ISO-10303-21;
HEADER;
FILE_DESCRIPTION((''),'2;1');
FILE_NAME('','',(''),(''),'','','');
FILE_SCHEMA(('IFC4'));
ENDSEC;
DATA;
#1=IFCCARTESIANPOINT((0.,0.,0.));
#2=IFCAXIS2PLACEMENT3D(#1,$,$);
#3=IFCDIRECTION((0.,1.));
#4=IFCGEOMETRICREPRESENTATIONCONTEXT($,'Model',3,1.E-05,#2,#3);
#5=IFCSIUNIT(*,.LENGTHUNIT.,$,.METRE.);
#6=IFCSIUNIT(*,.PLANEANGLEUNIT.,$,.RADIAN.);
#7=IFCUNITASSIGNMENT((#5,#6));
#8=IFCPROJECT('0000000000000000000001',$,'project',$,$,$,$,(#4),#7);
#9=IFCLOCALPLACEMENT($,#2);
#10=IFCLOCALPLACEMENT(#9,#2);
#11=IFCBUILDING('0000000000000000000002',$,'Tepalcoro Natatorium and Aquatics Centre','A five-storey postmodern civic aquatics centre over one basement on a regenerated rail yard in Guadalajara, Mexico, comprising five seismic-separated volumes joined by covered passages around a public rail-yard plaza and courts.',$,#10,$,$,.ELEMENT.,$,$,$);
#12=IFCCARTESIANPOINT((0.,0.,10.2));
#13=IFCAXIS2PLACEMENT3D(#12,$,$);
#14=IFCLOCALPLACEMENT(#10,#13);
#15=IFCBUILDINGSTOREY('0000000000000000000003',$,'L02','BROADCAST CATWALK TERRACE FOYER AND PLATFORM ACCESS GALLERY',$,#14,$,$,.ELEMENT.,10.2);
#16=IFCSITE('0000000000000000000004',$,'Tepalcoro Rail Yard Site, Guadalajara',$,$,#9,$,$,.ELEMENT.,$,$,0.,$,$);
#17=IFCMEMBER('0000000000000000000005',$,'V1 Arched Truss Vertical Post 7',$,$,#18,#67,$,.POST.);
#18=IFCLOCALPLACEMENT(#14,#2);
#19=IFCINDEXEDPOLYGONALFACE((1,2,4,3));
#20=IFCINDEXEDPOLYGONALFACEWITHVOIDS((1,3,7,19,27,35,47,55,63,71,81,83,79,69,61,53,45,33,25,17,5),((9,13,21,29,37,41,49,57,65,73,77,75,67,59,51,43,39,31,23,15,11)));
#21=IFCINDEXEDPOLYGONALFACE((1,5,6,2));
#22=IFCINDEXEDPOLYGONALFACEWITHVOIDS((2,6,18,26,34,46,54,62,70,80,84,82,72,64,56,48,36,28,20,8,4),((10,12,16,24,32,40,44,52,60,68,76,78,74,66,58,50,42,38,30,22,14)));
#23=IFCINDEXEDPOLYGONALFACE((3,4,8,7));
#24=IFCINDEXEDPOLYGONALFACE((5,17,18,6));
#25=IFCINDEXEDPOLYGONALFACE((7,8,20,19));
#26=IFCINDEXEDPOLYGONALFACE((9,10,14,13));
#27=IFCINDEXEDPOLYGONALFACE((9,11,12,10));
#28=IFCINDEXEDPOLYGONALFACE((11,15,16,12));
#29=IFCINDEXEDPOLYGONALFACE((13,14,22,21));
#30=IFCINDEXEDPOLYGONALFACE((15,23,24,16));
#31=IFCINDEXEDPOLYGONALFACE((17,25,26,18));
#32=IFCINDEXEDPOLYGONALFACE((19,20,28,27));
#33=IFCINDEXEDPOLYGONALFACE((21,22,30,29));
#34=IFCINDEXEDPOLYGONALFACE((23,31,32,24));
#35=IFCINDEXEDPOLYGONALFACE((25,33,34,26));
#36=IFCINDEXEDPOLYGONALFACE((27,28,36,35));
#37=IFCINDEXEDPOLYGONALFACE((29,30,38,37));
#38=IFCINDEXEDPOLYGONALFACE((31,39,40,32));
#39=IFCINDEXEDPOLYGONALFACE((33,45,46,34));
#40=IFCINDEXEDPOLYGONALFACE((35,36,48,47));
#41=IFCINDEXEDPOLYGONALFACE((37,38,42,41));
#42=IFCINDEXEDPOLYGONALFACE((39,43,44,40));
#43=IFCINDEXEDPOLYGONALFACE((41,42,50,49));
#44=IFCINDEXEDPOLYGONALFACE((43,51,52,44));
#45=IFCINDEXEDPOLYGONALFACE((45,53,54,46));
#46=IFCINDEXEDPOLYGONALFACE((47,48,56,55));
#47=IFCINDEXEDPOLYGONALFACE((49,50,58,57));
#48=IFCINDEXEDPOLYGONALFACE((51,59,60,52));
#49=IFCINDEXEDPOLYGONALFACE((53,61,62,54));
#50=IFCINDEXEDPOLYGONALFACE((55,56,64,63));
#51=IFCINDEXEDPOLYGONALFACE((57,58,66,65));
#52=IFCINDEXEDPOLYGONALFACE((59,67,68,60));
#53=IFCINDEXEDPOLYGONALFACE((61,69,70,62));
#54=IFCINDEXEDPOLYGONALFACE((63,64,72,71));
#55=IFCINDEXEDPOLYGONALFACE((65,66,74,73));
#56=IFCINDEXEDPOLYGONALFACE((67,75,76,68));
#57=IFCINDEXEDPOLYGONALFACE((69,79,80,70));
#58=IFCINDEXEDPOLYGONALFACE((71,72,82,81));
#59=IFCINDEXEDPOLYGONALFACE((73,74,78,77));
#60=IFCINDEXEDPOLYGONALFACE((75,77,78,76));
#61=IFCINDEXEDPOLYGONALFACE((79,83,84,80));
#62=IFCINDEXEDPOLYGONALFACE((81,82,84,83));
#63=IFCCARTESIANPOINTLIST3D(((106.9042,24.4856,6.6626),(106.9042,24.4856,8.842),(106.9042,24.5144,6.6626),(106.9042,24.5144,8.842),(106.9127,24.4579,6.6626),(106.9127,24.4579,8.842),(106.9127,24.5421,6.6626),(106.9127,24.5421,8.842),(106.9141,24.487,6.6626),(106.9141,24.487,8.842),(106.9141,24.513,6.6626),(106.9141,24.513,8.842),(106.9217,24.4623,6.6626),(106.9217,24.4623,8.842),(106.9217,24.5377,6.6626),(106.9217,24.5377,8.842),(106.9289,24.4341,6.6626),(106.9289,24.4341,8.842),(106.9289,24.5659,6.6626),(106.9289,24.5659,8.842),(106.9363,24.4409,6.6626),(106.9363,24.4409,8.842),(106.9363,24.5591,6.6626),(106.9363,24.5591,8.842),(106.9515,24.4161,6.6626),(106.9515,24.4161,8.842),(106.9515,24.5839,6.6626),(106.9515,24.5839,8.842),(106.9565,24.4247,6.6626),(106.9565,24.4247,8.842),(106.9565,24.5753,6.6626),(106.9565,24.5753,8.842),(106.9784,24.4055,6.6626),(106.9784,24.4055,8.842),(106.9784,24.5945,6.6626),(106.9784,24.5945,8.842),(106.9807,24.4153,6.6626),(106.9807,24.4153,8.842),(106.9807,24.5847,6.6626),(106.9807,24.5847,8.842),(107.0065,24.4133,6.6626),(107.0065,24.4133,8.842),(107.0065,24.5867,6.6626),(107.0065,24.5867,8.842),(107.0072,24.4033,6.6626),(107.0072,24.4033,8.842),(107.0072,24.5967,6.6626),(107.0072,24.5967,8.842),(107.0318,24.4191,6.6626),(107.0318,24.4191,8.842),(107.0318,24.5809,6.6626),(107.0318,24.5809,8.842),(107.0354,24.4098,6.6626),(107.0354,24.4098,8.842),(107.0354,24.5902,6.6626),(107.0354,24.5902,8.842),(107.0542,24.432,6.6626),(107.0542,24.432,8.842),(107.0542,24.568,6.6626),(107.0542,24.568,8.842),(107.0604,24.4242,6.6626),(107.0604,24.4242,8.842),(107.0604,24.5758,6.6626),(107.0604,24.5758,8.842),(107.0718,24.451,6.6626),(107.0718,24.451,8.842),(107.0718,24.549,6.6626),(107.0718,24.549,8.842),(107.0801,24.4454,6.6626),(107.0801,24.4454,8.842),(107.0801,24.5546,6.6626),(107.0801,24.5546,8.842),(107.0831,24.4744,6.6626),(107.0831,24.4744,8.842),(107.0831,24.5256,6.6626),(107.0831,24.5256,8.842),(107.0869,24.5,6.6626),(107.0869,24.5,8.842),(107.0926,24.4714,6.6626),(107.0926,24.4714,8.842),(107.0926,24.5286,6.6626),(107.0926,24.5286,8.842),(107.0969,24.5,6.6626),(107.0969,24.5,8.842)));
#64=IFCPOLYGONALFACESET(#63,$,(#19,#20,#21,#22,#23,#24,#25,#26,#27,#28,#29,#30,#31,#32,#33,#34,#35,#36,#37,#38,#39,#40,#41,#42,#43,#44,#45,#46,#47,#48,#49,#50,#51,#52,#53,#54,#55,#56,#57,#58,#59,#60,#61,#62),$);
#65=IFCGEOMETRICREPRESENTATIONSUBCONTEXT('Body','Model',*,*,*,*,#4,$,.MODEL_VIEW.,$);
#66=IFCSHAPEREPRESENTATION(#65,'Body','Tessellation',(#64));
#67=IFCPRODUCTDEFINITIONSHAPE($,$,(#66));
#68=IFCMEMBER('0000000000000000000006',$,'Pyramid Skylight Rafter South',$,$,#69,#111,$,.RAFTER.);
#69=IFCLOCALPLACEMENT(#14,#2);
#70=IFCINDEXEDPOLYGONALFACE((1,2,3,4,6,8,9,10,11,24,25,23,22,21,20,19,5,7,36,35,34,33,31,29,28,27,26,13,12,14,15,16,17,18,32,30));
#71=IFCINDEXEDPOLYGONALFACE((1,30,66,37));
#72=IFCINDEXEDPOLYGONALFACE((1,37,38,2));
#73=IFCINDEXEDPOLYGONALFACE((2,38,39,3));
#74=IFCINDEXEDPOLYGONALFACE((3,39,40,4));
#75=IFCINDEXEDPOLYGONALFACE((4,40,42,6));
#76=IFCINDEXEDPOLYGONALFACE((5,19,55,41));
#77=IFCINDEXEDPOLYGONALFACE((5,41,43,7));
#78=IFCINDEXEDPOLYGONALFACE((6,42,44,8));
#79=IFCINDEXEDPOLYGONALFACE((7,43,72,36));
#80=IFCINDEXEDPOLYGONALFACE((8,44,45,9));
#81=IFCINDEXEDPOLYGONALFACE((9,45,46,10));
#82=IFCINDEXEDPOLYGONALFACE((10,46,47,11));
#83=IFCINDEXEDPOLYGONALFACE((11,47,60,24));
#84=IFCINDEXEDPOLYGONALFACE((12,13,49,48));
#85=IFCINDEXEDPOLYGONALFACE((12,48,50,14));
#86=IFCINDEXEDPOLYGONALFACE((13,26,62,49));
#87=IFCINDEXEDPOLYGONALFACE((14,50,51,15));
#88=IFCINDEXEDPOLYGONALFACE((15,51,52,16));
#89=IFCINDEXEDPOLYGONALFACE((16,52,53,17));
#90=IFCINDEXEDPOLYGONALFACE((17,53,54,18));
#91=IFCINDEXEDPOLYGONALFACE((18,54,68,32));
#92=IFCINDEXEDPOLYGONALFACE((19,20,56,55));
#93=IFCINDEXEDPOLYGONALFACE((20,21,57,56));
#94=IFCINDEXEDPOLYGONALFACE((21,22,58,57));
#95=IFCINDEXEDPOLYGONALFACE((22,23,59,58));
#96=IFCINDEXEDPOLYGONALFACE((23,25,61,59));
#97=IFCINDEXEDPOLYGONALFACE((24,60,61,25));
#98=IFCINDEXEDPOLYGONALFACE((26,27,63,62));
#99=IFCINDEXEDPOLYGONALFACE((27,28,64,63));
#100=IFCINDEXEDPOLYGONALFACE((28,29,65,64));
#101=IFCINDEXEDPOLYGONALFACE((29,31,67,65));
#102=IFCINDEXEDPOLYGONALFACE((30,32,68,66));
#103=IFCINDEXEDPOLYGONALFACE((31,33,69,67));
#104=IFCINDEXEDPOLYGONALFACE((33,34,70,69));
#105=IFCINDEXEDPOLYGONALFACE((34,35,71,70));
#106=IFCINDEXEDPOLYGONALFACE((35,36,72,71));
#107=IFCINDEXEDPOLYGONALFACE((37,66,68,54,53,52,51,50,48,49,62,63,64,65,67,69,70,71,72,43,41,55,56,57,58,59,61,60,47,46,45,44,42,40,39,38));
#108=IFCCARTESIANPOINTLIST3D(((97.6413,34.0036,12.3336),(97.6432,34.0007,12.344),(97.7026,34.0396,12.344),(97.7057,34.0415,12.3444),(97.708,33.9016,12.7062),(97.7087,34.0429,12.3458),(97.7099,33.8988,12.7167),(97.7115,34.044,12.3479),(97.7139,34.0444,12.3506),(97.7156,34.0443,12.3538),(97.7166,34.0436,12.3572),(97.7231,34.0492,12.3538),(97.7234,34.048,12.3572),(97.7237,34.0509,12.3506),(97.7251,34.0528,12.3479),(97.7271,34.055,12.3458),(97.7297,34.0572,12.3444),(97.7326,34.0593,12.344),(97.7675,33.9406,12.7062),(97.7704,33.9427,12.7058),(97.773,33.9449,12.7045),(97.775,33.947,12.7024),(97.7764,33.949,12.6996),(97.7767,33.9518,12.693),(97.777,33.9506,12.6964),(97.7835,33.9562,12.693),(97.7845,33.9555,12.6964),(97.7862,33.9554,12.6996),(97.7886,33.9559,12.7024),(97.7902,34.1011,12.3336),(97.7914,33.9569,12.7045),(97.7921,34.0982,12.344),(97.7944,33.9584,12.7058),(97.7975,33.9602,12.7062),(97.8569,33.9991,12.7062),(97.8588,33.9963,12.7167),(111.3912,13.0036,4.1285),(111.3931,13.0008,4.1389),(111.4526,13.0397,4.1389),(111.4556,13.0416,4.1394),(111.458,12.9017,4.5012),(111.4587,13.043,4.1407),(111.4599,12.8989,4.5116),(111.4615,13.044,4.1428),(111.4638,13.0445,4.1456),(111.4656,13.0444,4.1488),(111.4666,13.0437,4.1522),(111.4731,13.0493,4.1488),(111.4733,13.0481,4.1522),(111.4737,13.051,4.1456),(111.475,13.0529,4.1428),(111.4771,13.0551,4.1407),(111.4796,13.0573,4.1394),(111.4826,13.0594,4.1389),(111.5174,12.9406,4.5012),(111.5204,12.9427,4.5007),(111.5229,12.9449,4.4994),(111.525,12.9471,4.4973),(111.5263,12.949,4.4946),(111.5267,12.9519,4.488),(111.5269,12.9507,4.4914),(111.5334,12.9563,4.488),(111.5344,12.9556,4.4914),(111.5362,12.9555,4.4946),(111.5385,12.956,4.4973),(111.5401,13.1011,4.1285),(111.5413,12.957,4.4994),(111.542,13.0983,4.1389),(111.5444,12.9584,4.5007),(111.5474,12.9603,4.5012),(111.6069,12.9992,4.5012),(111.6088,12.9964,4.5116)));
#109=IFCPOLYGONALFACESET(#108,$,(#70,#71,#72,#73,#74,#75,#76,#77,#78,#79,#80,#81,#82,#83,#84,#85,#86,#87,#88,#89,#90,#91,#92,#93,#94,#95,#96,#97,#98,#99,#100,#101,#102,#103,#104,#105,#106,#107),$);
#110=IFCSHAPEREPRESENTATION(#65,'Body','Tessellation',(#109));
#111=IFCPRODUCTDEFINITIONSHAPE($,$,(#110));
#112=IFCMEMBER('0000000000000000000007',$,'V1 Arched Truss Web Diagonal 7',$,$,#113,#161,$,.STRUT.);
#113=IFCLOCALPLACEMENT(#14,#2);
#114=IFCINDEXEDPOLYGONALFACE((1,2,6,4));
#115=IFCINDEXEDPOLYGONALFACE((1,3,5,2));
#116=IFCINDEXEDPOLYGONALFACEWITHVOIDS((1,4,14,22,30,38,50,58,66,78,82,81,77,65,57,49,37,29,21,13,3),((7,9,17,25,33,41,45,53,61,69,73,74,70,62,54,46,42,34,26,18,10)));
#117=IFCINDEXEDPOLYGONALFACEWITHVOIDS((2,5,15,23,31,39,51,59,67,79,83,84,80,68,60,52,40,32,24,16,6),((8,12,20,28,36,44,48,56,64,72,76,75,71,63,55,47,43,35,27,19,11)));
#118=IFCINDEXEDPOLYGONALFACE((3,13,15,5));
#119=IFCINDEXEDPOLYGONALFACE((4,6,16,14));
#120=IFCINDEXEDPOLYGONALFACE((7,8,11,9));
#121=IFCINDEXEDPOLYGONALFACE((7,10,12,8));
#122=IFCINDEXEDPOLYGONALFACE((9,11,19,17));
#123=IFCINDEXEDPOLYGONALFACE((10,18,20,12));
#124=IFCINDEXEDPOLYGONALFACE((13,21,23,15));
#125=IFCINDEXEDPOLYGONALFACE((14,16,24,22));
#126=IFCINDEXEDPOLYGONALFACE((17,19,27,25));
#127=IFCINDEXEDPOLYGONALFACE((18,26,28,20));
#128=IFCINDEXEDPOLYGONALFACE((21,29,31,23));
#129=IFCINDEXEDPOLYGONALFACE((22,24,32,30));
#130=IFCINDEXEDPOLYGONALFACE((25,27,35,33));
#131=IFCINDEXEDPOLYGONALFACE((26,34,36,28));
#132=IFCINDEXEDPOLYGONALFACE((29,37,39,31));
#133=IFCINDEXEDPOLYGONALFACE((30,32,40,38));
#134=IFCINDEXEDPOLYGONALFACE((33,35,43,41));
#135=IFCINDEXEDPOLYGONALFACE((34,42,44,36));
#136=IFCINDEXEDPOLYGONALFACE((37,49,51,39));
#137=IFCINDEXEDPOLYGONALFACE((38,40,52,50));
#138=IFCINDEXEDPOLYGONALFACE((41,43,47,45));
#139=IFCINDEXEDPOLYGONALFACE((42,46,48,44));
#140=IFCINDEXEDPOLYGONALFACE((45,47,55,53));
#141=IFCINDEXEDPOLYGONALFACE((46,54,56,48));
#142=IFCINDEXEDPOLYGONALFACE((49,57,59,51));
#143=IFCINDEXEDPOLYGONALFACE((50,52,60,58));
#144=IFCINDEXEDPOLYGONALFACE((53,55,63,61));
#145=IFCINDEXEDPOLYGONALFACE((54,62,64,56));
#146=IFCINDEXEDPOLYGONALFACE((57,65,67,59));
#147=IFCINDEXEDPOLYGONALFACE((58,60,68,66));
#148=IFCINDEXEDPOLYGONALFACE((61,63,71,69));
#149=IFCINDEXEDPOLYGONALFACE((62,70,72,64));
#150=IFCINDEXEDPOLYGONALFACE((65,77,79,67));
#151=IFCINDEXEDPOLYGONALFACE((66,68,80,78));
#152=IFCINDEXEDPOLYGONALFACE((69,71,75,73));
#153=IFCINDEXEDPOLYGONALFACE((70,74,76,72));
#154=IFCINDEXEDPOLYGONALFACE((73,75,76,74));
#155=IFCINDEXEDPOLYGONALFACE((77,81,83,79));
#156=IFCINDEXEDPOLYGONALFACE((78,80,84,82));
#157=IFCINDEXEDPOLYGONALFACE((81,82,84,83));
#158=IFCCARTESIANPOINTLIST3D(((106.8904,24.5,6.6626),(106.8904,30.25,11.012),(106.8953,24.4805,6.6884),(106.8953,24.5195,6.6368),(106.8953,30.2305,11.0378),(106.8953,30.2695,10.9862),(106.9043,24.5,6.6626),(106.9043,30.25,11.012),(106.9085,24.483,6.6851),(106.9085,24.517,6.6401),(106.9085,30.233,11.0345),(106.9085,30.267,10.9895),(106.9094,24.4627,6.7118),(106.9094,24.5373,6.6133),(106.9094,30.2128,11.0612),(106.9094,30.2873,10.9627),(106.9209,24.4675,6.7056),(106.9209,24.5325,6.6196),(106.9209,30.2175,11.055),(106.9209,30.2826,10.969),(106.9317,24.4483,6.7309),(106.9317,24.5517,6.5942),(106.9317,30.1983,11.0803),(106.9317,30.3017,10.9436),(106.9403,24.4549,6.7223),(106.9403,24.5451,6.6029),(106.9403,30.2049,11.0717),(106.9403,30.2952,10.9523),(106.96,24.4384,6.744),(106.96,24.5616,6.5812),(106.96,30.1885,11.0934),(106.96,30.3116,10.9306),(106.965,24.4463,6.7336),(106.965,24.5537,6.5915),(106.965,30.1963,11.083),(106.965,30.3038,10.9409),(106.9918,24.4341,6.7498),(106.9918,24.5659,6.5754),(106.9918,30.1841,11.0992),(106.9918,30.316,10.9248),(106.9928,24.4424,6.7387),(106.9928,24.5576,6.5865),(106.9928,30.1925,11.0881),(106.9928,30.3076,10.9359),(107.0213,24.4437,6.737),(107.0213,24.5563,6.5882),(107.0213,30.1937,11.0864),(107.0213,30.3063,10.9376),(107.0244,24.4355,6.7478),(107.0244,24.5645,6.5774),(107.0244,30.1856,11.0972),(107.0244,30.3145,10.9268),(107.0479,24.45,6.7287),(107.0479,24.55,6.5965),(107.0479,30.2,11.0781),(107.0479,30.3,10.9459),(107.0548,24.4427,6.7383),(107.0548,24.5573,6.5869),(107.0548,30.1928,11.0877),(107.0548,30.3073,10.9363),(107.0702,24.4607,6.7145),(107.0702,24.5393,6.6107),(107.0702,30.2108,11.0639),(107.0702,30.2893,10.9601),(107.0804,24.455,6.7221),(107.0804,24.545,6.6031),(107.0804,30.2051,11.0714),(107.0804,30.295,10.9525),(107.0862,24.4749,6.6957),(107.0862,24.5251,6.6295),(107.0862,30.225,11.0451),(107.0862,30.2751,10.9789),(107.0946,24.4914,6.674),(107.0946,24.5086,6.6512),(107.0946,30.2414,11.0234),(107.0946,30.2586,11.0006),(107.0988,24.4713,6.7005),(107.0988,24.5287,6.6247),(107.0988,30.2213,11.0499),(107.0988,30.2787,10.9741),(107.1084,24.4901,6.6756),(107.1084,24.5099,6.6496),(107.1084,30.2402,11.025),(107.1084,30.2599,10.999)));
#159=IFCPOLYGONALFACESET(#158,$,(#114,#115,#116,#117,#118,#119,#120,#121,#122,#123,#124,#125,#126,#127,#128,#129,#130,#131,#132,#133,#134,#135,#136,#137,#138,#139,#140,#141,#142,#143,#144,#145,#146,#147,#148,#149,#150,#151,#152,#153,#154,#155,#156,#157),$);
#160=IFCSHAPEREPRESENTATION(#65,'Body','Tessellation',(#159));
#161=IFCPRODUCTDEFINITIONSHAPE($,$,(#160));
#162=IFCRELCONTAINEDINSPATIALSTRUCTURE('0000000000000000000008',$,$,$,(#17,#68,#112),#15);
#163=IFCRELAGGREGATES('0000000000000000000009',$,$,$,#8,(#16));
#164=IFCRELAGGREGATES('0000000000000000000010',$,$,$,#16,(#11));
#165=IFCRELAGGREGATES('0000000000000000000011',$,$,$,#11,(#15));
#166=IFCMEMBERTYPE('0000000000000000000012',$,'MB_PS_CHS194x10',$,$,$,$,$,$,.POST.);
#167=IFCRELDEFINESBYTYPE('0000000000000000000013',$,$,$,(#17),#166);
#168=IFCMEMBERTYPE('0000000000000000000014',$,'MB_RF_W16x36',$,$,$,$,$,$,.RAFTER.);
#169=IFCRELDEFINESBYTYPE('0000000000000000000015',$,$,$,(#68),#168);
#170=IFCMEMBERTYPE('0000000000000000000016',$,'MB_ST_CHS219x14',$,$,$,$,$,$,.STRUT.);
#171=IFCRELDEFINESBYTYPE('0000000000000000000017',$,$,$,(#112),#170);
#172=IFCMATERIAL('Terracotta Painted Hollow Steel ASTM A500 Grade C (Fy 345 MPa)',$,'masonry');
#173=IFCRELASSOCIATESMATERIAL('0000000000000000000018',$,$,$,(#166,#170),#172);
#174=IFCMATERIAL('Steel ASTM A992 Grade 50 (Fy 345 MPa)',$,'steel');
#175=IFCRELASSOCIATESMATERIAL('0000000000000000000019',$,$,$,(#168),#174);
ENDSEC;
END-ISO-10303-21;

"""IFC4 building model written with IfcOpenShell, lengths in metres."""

from ifc_helpers import new_model, si_unit, direction, frame, origin, origin_2d, place, context, subcontext, project, spatial, hollow_circle, i_section, extrude, material, material_profile, profile_set, type_object, element, save


model = new_model("IFC4")

# Units and contexts
model_context = context("Model", 3, precision=1e-05, world=origin(), true_north=direction((0.0, 1.0)))
body_context = subcontext(model_context, "Body", "Model", "MODEL_VIEW")
ifc_project = project(units=[si_unit("LENGTHUNIT", "METRE"), si_unit("PLANEANGLEUNIT", "RADIAN")], contexts=[model_context])

# Site, building, storey
site_placement = place(None, origin())
site = spatial("IfcSite", under=ifc_project, at=site_placement, Name="Tepalcoro Rail Yard Site, Guadalajara", CompositionType="ELEMENT", RefElevation=0.0)
building_placement = place(site_placement, origin())
building = spatial("IfcBuilding", under=site, at=building_placement, Name="Tepalcoro Natatorium and Aquatics Centre", Description="A five-storey postmodern civic aquatics centre over one basement on a regenerated rail yard in Guadalajara, Mexico, comprising five seismic-separated volumes joined by covered passages around a public rail-yard plaza and courts.", CompositionType="ELEMENT")
storey_placement = place(building_placement, frame((0.0, 0.0, 10.2)))
storey = spatial("IfcBuildingStorey", under=building, at=storey_placement, Name="L02", Description="BROADCAST CATWALK TERRACE FOYER AND PLATFORM ACCESS GALLERY", CompositionType="ELEMENT", Elevation=10.2)

# Shared definitions
ifc_material_1 = material(Name="Steel ASTM A992 Grade 50 (Fy 345 MPa)", Category="steel")

# Shared definitions
ifc_material_2 = material(Name="Terracotta Painted Hollow Steel ASTM A500 Grade C (Fy 345 MPa)", Category="masonry")

# Members
ifc_material_profile_1 = material_profile(ifc_material_2, hollow_circle(Radius=0.0969, WallThickness=0.01, at=origin_2d()), Name="CHS194X10")
ifc_profile_set_1 = profile_set([ifc_material_profile_1], Name="Terracotta Painted Hollow Steel ASTM A500 Grade C (Fy 345 MPa)")
member_type_1 = type_object("IfcMemberType", Name="MB_PS_CHS194x10", PredefinedType="POST", material=ifc_profile_set_1)
member_1_placement = place(storey_placement, frame((107.0, 24.5, 6.6626), z_axis=(0.0, 0.0, 1.0), x_axis=(1.0, 0.0, 0.0)))
element("IfcMember", 1, at=member_1_placement, inside=storey, type_object=member_type_1, Name="V1 Arched Truss Vertical Post 7", PredefinedType="POST", context=body_context, shape_type="SweptSolid", body=[
    extrude(hollow_circle(Radius=0.0969, WallThickness=0.01, at=origin_2d()), origin(), (0.0, 0.0, 1.0), 2.1794),
])
ifc_material_profile_2 = material_profile(ifc_material_1, i_section(OverallWidth=0.178, OverallDepth=0.4031, WebThickness=0.0081, FlangeThickness=0.011, FilletRadius=0.0139, at=origin_2d()), Name="W16X36")
ifc_profile_set_2 = profile_set([ifc_material_profile_2], Name="Steel ASTM A992 Grade 50 (Fy 345 MPa)")
member_type_2 = type_object("IfcMemberType", Name="MB_RF_W16x36", PredefinedType="RAFTER", material=ifc_profile_set_2)
member_2_placement = place(storey_placement, frame((111.5, 13.0, 4.3201), z_axis=(-0.520674, 0.795212, 0.310704), x_axis=(-0.836619, -0.547786, 0.0)))
element("IfcMember", 2, at=member_2_placement, inside=storey, type_object=member_type_2, Name="Pyramid Skylight Rafter South", PredefinedType="RAFTER", context=body_context, shape_type="SweptSolid", body=[
    extrude(i_section(OverallWidth=0.178, OverallDepth=0.4031, WebThickness=0.0081, FlangeThickness=0.011, FilletRadius=0.0139, at=origin_2d()), origin(), (0.0, 0.0, 1.0), 26.408),
])
ifc_material_profile_3 = material_profile(ifc_material_2, hollow_circle(Radius=0.1096, WallThickness=0.0139, at=origin_2d()), Name="CHS219X14")
ifc_profile_set_3 = profile_set([ifc_material_profile_3], Name="Terracotta Painted Hollow Steel ASTM A500 Grade C (Fy 345 MPa)")
member_type_3 = type_object("IfcMemberType", Name="MB_ST_CHS219x14", PredefinedType="STRUT", material=ifc_profile_set_3)
member_3_placement = place(storey_placement, frame((107.0, 24.5, 6.6626), z_axis=(0.0, 0.797539, 0.603267), x_axis=(-1.0, 0.0, 0.0)))
element("IfcMember", 3, at=member_3_placement, inside=storey, type_object=member_type_3, Name="V1 Arched Truss Web Diagonal 7", PredefinedType="STRUT", context=body_context, shape_type="SweptSolid", body=[
    extrude(hollow_circle(Radius=0.1096, WallThickness=0.0139, at=origin_2d()), origin(), (0.0, 0.0, 1.0), 7.2097),
])

save(model, "model.ifc")
